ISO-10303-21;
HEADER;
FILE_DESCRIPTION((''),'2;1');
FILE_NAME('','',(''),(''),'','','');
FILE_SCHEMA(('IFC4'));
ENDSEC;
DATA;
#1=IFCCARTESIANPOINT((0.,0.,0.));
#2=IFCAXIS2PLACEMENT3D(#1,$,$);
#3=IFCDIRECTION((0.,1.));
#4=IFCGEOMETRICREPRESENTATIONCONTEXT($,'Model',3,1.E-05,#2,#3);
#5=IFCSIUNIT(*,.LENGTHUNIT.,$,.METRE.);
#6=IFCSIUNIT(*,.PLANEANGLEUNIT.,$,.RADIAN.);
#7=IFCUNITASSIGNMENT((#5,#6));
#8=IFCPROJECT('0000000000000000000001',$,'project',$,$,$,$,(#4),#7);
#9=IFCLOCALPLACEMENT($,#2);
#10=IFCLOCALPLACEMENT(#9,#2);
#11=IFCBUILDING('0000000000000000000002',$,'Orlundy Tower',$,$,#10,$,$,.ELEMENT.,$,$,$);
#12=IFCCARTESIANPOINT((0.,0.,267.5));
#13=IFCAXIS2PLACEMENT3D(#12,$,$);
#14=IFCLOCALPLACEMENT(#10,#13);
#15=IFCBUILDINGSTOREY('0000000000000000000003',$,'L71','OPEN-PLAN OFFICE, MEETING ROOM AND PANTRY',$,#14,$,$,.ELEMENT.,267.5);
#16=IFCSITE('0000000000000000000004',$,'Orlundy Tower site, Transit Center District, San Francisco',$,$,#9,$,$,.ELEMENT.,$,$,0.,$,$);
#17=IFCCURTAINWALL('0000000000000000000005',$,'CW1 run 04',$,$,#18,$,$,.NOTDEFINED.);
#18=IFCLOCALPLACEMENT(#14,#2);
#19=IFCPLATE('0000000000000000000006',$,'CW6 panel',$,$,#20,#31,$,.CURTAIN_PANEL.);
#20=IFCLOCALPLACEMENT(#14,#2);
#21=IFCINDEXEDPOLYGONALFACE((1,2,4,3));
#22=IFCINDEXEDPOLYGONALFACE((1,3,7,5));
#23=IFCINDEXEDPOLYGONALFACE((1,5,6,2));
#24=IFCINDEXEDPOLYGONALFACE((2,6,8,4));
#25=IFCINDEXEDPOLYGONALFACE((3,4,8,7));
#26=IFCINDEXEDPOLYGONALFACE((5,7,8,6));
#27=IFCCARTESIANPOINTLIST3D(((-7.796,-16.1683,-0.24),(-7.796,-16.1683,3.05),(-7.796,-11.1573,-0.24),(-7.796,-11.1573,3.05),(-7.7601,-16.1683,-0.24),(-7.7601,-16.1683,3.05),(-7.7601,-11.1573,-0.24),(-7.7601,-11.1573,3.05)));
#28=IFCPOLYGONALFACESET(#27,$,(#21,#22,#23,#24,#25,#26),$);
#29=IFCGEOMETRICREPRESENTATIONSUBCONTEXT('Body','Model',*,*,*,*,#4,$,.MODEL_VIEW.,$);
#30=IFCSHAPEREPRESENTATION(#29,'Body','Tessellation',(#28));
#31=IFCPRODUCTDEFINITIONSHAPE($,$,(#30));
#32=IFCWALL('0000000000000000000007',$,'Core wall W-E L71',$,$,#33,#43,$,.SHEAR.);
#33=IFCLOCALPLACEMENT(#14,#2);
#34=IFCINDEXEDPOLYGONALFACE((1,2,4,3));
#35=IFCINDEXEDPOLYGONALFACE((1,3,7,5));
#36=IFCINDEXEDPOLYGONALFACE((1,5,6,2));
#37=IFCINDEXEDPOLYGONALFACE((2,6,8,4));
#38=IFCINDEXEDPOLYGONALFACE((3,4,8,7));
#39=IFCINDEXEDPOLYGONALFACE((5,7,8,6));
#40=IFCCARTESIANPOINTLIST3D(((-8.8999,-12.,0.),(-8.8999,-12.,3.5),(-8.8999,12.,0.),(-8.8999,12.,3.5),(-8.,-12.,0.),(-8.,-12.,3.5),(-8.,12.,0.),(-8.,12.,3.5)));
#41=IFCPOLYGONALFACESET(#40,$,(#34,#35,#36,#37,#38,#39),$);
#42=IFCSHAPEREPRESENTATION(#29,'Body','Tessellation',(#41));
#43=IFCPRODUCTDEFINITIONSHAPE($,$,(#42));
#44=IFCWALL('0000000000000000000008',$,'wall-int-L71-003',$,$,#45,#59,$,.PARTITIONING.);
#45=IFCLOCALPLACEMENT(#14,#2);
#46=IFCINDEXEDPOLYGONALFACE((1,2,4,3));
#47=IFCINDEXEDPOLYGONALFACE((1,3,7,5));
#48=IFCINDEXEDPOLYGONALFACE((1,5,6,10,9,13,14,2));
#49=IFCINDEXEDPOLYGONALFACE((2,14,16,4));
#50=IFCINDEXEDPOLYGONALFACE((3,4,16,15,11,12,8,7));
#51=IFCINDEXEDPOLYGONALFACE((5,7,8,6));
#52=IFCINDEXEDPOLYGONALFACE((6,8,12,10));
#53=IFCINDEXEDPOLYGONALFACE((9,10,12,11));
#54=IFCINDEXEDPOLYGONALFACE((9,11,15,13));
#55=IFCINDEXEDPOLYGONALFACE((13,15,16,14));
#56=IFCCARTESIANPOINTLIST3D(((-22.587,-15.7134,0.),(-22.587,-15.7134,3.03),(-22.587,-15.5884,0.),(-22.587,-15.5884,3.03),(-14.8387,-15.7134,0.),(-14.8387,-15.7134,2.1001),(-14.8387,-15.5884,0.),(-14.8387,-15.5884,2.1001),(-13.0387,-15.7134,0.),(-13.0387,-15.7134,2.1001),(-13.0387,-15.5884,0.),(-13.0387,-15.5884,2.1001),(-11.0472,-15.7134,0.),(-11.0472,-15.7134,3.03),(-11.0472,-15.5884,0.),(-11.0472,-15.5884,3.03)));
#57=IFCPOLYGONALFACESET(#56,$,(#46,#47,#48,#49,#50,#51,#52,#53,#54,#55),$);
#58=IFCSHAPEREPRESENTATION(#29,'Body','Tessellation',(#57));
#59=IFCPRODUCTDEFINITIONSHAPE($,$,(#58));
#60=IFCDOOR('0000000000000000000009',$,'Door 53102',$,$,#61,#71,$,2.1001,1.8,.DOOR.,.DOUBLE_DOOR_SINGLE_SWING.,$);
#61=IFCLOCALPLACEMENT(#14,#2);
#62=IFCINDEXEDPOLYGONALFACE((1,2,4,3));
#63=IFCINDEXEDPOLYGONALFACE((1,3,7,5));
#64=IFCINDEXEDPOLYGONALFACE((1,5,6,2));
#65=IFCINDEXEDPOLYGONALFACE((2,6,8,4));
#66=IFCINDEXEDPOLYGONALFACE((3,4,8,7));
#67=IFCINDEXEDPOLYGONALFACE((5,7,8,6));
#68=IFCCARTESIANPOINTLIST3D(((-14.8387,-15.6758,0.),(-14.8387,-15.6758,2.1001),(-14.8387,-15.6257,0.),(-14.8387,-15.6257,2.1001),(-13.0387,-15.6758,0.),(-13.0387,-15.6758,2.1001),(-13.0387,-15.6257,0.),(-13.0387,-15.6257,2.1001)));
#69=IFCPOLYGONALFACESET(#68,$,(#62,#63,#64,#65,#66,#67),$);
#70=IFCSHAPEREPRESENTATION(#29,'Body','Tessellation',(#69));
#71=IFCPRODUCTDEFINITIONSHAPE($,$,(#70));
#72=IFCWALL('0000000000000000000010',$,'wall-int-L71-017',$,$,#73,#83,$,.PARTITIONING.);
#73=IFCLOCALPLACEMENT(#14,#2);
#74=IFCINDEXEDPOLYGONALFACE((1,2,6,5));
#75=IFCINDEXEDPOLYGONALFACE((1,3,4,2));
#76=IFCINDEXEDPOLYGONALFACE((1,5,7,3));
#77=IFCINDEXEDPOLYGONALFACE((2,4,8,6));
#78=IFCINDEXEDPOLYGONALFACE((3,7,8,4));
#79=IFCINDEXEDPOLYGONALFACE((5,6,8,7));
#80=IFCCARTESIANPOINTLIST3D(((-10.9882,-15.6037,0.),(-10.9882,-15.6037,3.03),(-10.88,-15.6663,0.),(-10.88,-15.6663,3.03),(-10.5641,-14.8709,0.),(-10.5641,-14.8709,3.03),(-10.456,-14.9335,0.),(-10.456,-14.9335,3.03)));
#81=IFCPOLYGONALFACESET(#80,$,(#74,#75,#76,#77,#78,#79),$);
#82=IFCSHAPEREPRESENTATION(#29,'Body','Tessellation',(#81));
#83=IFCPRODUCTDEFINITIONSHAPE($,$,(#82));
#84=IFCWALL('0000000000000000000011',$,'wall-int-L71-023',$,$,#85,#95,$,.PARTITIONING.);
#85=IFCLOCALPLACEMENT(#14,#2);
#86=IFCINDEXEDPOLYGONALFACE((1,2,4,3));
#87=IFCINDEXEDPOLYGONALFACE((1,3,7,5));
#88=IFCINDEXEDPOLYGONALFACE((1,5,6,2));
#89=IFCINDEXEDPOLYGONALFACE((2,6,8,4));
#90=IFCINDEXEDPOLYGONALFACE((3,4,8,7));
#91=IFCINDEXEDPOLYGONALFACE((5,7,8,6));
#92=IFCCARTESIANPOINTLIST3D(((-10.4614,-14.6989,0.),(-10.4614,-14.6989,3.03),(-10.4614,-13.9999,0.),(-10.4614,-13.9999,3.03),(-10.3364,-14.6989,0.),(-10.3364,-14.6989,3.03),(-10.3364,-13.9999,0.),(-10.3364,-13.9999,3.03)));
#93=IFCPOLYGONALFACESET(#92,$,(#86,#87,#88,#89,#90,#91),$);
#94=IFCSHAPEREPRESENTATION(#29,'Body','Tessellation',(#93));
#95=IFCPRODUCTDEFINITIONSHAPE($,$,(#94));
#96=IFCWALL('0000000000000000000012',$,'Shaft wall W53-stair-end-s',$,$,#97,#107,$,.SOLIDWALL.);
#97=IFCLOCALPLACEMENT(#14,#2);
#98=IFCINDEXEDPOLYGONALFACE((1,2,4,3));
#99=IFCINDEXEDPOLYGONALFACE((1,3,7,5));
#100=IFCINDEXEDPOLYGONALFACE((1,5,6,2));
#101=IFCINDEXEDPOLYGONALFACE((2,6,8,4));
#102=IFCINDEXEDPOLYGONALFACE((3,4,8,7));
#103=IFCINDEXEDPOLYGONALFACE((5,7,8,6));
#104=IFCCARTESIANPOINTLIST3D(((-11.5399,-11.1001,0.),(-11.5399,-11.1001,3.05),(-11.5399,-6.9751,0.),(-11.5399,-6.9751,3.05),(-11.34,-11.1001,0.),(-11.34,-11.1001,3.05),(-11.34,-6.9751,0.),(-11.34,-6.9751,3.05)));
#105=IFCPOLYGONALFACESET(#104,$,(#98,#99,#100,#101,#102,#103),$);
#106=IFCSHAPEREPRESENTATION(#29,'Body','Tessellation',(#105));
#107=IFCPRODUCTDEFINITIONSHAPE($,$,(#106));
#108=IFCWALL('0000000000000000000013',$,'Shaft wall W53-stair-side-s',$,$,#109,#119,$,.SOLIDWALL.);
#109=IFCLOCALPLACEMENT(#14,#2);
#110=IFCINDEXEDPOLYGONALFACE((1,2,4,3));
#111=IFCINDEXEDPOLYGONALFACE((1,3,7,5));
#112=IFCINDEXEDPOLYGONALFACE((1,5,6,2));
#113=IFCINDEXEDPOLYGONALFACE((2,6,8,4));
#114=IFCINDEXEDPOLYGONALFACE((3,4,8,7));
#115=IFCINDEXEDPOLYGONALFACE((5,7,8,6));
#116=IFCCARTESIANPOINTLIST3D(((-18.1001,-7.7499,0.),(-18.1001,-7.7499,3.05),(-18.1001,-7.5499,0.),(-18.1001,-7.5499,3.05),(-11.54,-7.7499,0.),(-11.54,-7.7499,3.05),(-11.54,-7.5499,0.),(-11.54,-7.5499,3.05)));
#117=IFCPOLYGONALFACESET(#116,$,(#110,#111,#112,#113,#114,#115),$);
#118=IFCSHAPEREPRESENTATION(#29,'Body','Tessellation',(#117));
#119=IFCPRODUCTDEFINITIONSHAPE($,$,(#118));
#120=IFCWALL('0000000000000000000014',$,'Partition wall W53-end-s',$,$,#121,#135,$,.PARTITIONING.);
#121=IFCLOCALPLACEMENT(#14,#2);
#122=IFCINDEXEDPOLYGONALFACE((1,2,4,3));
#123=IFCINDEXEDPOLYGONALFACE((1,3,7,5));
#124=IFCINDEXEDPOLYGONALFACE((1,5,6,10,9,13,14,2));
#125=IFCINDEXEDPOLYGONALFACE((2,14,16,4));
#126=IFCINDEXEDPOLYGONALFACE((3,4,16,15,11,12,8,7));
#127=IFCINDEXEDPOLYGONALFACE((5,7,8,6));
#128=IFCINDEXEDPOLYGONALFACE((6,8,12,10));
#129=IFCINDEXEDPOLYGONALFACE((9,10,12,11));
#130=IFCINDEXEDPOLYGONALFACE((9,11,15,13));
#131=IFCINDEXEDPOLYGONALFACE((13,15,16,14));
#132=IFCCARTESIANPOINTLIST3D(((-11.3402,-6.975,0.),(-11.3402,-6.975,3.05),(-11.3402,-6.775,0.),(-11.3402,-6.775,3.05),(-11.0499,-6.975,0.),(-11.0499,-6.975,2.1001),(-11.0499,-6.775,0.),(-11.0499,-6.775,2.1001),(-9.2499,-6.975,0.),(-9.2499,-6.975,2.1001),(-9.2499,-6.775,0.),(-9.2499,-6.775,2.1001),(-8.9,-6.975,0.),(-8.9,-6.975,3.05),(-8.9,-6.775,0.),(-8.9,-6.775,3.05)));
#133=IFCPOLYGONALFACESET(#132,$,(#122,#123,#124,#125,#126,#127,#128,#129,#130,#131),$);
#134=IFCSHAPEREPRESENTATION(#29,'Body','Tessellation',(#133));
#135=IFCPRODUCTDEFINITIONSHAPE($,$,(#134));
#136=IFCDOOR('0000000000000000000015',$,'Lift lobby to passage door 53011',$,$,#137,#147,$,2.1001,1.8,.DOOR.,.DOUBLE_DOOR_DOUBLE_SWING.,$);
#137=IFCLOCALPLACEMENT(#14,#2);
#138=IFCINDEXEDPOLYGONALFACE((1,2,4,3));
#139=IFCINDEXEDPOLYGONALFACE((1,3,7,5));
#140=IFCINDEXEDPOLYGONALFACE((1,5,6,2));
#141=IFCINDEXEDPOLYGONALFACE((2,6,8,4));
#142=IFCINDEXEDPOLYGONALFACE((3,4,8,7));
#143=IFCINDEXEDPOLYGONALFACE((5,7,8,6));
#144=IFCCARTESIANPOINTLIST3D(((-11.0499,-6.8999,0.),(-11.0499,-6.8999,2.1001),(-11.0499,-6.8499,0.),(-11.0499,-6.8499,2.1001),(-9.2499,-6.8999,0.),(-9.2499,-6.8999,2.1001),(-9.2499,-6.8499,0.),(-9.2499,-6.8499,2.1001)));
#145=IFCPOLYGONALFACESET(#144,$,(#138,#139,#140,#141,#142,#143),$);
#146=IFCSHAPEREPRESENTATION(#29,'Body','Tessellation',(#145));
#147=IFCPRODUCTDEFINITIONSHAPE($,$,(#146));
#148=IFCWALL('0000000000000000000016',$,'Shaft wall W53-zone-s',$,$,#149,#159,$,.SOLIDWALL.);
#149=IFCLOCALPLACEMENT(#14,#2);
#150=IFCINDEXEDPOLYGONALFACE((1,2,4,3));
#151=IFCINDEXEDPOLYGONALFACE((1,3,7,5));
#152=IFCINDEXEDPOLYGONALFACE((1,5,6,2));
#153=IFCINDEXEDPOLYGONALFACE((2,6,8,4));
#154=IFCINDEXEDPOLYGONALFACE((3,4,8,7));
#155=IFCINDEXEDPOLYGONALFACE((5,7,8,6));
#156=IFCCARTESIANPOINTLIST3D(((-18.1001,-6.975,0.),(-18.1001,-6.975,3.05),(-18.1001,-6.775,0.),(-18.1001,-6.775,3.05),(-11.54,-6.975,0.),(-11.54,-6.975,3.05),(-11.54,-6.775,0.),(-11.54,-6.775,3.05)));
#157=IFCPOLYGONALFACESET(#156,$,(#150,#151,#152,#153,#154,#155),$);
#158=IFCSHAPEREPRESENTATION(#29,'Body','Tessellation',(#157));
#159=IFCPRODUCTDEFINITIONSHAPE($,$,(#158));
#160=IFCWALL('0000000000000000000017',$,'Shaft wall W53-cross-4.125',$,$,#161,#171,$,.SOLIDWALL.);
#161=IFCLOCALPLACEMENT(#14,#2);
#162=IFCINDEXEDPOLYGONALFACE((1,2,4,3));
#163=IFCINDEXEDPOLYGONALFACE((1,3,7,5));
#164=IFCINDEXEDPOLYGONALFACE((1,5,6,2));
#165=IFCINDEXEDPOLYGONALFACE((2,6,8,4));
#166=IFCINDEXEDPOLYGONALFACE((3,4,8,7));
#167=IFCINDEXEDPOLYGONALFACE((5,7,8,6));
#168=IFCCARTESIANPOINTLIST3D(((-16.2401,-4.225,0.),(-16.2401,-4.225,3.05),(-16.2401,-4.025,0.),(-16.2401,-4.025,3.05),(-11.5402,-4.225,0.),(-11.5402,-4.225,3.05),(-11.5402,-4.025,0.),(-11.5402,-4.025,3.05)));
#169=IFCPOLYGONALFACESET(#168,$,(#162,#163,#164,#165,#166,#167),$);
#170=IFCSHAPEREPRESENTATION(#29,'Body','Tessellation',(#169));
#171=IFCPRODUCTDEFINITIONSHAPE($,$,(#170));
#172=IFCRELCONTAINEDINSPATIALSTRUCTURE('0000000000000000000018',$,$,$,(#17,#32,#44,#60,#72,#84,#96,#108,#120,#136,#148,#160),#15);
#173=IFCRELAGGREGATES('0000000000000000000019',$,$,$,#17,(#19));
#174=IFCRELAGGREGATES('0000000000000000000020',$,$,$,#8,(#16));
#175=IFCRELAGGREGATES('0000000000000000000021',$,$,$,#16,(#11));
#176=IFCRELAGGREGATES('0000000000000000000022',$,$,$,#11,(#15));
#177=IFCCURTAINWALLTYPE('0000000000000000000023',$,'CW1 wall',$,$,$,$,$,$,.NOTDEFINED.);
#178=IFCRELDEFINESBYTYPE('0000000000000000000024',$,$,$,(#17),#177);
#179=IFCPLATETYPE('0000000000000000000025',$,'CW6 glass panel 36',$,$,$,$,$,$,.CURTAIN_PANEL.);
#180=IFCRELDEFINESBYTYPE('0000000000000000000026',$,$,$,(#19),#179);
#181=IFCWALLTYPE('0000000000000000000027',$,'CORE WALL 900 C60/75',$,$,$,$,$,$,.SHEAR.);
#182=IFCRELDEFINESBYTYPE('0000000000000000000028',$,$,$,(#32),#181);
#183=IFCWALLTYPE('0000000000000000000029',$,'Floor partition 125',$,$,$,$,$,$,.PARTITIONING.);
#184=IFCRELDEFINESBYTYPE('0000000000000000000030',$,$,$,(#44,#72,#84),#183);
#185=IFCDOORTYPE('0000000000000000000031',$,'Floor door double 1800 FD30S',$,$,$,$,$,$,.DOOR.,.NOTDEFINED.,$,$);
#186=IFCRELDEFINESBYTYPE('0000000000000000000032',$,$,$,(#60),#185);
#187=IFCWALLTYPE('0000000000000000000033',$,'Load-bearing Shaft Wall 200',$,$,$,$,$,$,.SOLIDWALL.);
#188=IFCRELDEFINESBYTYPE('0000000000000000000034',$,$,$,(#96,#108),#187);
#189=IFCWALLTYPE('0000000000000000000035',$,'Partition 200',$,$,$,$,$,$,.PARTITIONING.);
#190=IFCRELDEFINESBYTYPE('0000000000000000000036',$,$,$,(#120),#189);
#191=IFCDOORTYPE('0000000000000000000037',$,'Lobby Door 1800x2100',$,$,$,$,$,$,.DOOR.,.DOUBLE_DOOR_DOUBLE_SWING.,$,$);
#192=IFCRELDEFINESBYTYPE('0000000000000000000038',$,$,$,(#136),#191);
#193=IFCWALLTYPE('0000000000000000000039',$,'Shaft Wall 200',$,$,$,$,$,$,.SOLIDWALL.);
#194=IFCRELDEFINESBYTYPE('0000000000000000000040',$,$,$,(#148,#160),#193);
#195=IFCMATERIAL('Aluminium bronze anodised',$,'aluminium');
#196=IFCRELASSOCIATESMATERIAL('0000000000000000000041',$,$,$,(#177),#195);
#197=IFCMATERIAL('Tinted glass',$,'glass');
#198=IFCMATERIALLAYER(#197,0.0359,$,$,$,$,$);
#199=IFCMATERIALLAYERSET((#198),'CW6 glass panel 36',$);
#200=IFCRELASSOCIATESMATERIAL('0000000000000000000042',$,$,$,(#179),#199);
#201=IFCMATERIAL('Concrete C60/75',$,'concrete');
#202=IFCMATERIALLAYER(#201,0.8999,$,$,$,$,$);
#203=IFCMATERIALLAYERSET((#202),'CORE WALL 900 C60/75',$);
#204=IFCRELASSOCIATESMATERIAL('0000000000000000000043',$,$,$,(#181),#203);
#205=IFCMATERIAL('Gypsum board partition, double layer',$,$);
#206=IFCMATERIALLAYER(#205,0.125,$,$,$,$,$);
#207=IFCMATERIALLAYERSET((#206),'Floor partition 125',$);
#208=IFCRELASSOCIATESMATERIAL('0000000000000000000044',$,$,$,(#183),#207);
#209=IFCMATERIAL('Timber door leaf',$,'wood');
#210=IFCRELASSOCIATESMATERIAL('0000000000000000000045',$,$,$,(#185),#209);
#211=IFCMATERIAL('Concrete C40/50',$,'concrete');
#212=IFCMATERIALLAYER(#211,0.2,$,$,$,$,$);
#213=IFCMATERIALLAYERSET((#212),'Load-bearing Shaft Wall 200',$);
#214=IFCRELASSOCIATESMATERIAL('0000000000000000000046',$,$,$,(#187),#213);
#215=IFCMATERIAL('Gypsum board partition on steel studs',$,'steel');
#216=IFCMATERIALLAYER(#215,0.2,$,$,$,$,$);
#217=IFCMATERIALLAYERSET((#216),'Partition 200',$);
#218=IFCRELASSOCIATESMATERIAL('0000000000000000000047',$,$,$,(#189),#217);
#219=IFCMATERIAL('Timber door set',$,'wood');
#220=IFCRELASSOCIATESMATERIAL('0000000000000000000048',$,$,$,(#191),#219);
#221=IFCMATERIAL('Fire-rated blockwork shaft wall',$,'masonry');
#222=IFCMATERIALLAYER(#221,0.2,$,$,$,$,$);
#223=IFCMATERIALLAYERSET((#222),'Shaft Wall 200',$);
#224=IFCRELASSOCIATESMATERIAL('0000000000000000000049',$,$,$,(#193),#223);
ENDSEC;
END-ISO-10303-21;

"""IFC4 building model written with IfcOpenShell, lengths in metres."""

from ifc_helpers import new_model, si_unit, direction, frame, frame_2d, origin, origin_2d, place, context, subcontext, project, spatial, rectangle, extrude, material, layer, layer_set, type_object, element, fill, aggregate, save


model = new_model("IFC4")

# Units and contexts
model_context = context("Model", 3, precision=1e-05, world=origin(), true_north=direction((0.0, 1.0)))
body_context = subcontext(model_context, "Body", "Model", "MODEL_VIEW")
ifc_project = project(units=[si_unit("LENGTHUNIT", "METRE"), si_unit("PLANEANGLEUNIT", "RADIAN")], contexts=[model_context])

# Site, building, storey
site_placement = place(None, origin())
site = spatial("IfcSite", under=ifc_project, at=site_placement, Name="Orlundy Tower site, Transit Center District, San Francisco", CompositionType="ELEMENT", RefElevation=0.0)
building_placement = place(site_placement, origin())
building = spatial("IfcBuilding", under=site, at=building_placement, Name="Orlundy Tower", CompositionType="ELEMENT")
storey_placement = place(building_placement, frame((0.0, 0.0, 267.5)))
storey = spatial("IfcBuildingStorey", under=building, at=storey_placement, Name="L71", Description="OPEN-PLAN OFFICE, MEETING ROOM AND PANTRY", CompositionType="ELEMENT", Elevation=267.5)

# Curtain wall
ifc_material_1 = material(Name="Aluminium bronze anodised", Category="aluminium")
curtain_wall_type = type_object("IfcCurtainWallType", Name="CW1 wall", PredefinedType="NOTDEFINED", material=ifc_material_1)
curtain_wall_placement = place(storey_placement, origin())
curtain_wall = element("IfcCurtainWall", 1, at=curtain_wall_placement, inside=storey, type_object=curtain_wall_type, Name="CW1 run 04", PredefinedType="NOTDEFINED")

# Plate
ifc_material_2 = material(Name="Tinted glass", Category="glass")
ifc_layer_1 = layer(ifc_material_2, 0.0359)
ifc_layer_set_1 = layer_set([ifc_layer_1], Name="CW6 glass panel 36")
plate_type = type_object("IfcPlateType", Name="CW6 glass panel 36", PredefinedType="CURTAIN_PANEL", material=ifc_layer_set_1)
plate_placement = place(storey_placement, frame((-7.7781, -13.6628, -0.24), z_axis=(0.0, 0.0, 1.0), x_axis=(0.0, -1.0, 0.0)))
plate = element("IfcPlate", 2, at=plate_placement, type_object=plate_type, Name="CW6 panel", PredefinedType="CURTAIN_PANEL", context=body_context, shape_type="SweptSolid", body=[
    extrude(rectangle(XDim=5.011, YDim=0.0359, at=origin_2d()), origin(), (0.0, 0.0, 1.0), 3.29),
])
aggregate(curtain_wall, [plate])

# Wall
ifc_material_3 = material(Name="Concrete C60/75", Category="concrete")
ifc_layer_2 = layer(ifc_material_3, 0.8999)
ifc_layer_set_2 = layer_set([ifc_layer_2], Name="CORE WALL 900 C60/75")
wall_type_1 = type_object("IfcWallType", Name="CORE WALL 900 C60/75", PredefinedType="SHEAR", material=ifc_layer_set_2)
wall_1_placement = place(storey_placement, frame((-8.45, -12.0, 0.0), z_axis=(0.0, 0.0, 1.0), x_axis=(0.0, 1.0, 0.0)))
element("IfcWall", 3, at=wall_1_placement, inside=storey, type_object=wall_type_1, Name="Core wall W-E L71", PredefinedType="SHEAR", context=body_context, shape_type="SweptSolid", body=[
    extrude(rectangle(XDim=24.0, YDim=0.8999, at=frame_2d((12.0, 0.0))), origin(), (0.0, 0.0, 1.0), 3.5),
])

# Wall, opening, door
ifc_material_4 = material(Name="Gypsum board partition, double layer")
ifc_layer_3 = layer(ifc_material_4, 0.125)
ifc_layer_set_3 = layer_set([ifc_layer_3], Name="Floor partition 125")
wall_type_2 = type_object("IfcWallType", Name="Floor partition 125", PredefinedType="PARTITIONING", material=ifc_layer_set_3)
wall_2_placement = place(storey_placement, frame((-11.0471, -15.6509, 0.0), z_axis=(0.0, 0.0, 1.0), x_axis=(-1.0, 0.0, 0.0)))
wall_2 = element("IfcWall", 4, at=wall_2_placement, inside=storey, type_object=wall_type_2, Name="wall-int-L71-003", PredefinedType="PARTITIONING", context=body_context, shape_type="SweptSolid", body=[
    extrude(rectangle(XDim=11.5398, YDim=0.125, at=frame_2d((5.77, 0.0))), origin(), (0.0, 0.0, 1.0), 3.03),
])
opening_1_placement = place(wall_2_placement, frame((1.9917, 0.0, 0.0)))
opening_1 = element("IfcOpeningElement", 5, at=opening_1_placement, cuts=wall_2, PredefinedType="OPENING", context=body_context, shape_type="SweptSolid", body=[
    extrude(rectangle(XDim=1.8, YDim=2.1001, at=frame_2d((0.8999, 1.05))), frame((0.0, 0.0725, 0.0), z_axis=(0.0, -1.0, 0.0), x_axis=(1.0, 0.0, 0.0)), (0.0, 0.0, 1.0), 0.145),
])
ifc_material_5 = material(Name="Timber door leaf", Category="wood")
door_type_1 = type_object("IfcDoorType", Name="Floor door double 1800 FD30S", OperationType="NOTDEFINED", PredefinedType="DOOR", material=ifc_material_5)
door_1_placement = place(opening_1_placement, origin())
door_1 = element("IfcDoor", 6, at=door_1_placement, inside=storey, type_object=door_type_1, Name="Door 53102", OperationType="DOUBLE_DOOR_SINGLE_SWING", OverallHeight=2.1001, OverallWidth=1.8, PredefinedType="DOOR", context=body_context, shape_type="SweptSolid", body=[
    extrude(rectangle(XDim=1.8, YDim=2.1001, at=frame_2d((0.8999, 1.05))), frame((0.0, 0.0249, 0.0), z_axis=(0.0, -1.0, 0.0), x_axis=(1.0, 0.0, 0.0)), (0.0, 0.0, 1.0), 0.05),
])
fill(opening_1, door_1)

# Walls
wall_3_placement = place(storey_placement, frame((-10.9341, -15.635, 0.0), z_axis=(0.0, 0.0, 1.0), x_axis=(0.50082, 0.865551, 0.0)))
element("IfcWall", 7, at=wall_3_placement, inside=storey, type_object=wall_type_2, Name="wall-int-L71-017", PredefinedType="PARTITIONING", context=body_context, shape_type="SweptSolid", body=[
    extrude(rectangle(XDim=0.8467, YDim=0.125, at=frame_2d((0.4233, 0.0))), origin(), (0.0, 0.0, 1.0), 3.03),
])
wall_4_placement = place(storey_placement, frame((-10.3989, -14.699, 0.0), z_axis=(0.0, 0.0, 1.0), x_axis=(0.0, 1.0, 0.0)))
element("IfcWall", 8, at=wall_4_placement, inside=storey, type_object=wall_type_2, Name="wall-int-L71-023", PredefinedType="PARTITIONING", context=body_context, shape_type="SweptSolid", body=[
    extrude(rectangle(XDim=0.699, YDim=0.125, at=frame_2d((0.3496, 0.0))), origin(), (0.0, 0.0, 1.0), 3.03),
])
ifc_material_6 = material(Name="Concrete C40/50", Category="concrete")
ifc_layer_4 = layer(ifc_material_6, 0.2)
ifc_layer_set_4 = layer_set([ifc_layer_4], Name="Load-bearing Shaft Wall 200")
wall_type_3 = type_object("IfcWallType", Name="Load-bearing Shaft Wall 200", PredefinedType="SOLIDWALL", material=ifc_layer_set_4)
wall_5_placement = place(storey_placement, frame((-11.4399, -11.1001, 0.0), z_axis=(0.0, 0.0, 1.0), x_axis=(0.0, 1.0, 0.0)))
element("IfcWall", 9, at=wall_5_placement, inside=storey, type_object=wall_type_3, Name="Shaft wall W53-stair-end-s", PredefinedType="SOLIDWALL", context=body_context, shape_type="SweptSolid", body=[
    extrude(rectangle(XDim=4.125, YDim=0.2, at=frame_2d((2.0625, 0.0))), origin(), (0.0, 0.0, 1.0), 3.05),
])
wall_6_placement = place(storey_placement, frame((-11.54, -7.6499, 0.0), z_axis=(0.0, 0.0, 1.0), x_axis=(-1.0, 0.0, 0.0)))
element("IfcWall", 10, at=wall_6_placement, inside=storey, type_object=wall_type_3, Name="Shaft wall W53-stair-side-s", PredefinedType="SOLIDWALL", context=body_context, shape_type="SweptSolid", body=[
    extrude(rectangle(XDim=6.5601, YDim=0.2, at=frame_2d((3.28, 0.0))), origin(), (0.0, 0.0, 1.0), 3.05),
])

# Wall, opening, door
ifc_material_7 = material(Name="Gypsum board partition on steel studs", Category="steel")
ifc_layer_5 = layer(ifc_material_7, 0.2)
ifc_layer_set_5 = layer_set([ifc_layer_5], Name="Partition 200")
wall_type_4 = type_object("IfcWallType", Name="Partition 200", PredefinedType="PARTITIONING", material=ifc_layer_set_5)
wall_7_placement = place(storey_placement, frame((-8.8999, -6.875, 0.0), z_axis=(0.0, 0.0, 1.0), x_axis=(-1.0, 0.0, 0.0)))
wall_7 = element("IfcWall", 11, at=wall_7_placement, inside=storey, type_object=wall_type_4, Name="Partition wall W53-end-s", PredefinedType="PARTITIONING", context=body_context, shape_type="SweptSolid", body=[
    extrude(rectangle(XDim=2.4402, YDim=0.2, at=frame_2d((1.2202, 0.0))), origin(), (0.0, 0.0, 1.0), 3.05),
])
opening_2_placement = place(wall_7_placement, frame((0.3501, 0.0, 0.0)))
opening_2 = element("IfcOpeningElement", 12, at=opening_2_placement, cuts=wall_7, PredefinedType="OPENING", context=body_context, shape_type="SweptSolid", body=[
    extrude(rectangle(XDim=1.8, YDim=2.1001, at=frame_2d((0.8999, 1.05))), frame((0.0, 0.1101, 0.0), z_axis=(0.0, -1.0, 0.0), x_axis=(1.0, 0.0, 0.0)), (0.0, 0.0, 1.0), 0.2202),
])
ifc_material_8 = material(Name="Timber door set", Category="wood")
door_type_2 = type_object("IfcDoorType", Name="Lobby Door 1800x2100", OperationType="DOUBLE_DOOR_DOUBLE_SWING", PredefinedType="DOOR", material=ifc_material_8)
door_2_placement = place(opening_2_placement, origin())
door_2 = element("IfcDoor", 13, at=door_2_placement, inside=storey, type_object=door_type_2, Name="Lift lobby to passage door 53011", OperationType="DOUBLE_DOOR_DOUBLE_SWING", OverallHeight=2.1001, OverallWidth=1.8, PredefinedType="DOOR", context=body_context, shape_type="SweptSolid", body=[
    extrude(rectangle(XDim=1.8, YDim=2.1001, at=frame_2d((0.8999, 1.05))), frame((0.0, 0.0249, 0.0), z_axis=(0.0, -1.0, 0.0), x_axis=(1.0, 0.0, 0.0)), (0.0, 0.0, 1.0), 0.05),
])
fill(opening_2, door_2)

# Walls
ifc_material_9 = material(Name="Fire-rated blockwork shaft wall", Category="masonry")
ifc_layer_6 = layer(ifc_material_9, 0.2)
ifc_layer_set_6 = layer_set([ifc_layer_6], Name="Shaft Wall 200")
wall_type_5 = type_object("IfcWallType", Name="Shaft Wall 200", PredefinedType="SOLIDWALL", material=ifc_layer_set_6)
wall_8_placement = place(storey_placement, frame((-11.54, -6.875, 0.0), z_axis=(0.0, 0.0, 1.0), x_axis=(-1.0, 0.0, 0.0)))
element("IfcWall", 14, at=wall_8_placement, inside=storey, type_object=wall_type_5, Name="Shaft wall W53-zone-s", PredefinedType="SOLIDWALL", context=body_context, shape_type="SweptSolid", body=[
    extrude(rectangle(XDim=6.5601, YDim=0.2, at=frame_2d((3.28, 0.0))), origin(), (0.0, 0.0, 1.0), 3.05),
])
wall_9_placement = place(storey_placement, frame((-11.54, -4.125, 0.0), z_axis=(0.0, 0.0, 1.0), x_axis=(-1.0, 0.0, 0.0)))
element("IfcWall", 15, at=wall_9_placement, inside=storey, type_object=wall_type_5, Name="Shaft wall W53-cross-4.125", PredefinedType="SOLIDWALL", context=body_context, shape_type="SweptSolid", body=[
    extrude(rectangle(XDim=4.7, YDim=0.2, at=frame_2d((2.3501, 0.0))), origin(), (0.0, 0.0, 1.0), 3.05),
])

save(model, "model.ifc")
